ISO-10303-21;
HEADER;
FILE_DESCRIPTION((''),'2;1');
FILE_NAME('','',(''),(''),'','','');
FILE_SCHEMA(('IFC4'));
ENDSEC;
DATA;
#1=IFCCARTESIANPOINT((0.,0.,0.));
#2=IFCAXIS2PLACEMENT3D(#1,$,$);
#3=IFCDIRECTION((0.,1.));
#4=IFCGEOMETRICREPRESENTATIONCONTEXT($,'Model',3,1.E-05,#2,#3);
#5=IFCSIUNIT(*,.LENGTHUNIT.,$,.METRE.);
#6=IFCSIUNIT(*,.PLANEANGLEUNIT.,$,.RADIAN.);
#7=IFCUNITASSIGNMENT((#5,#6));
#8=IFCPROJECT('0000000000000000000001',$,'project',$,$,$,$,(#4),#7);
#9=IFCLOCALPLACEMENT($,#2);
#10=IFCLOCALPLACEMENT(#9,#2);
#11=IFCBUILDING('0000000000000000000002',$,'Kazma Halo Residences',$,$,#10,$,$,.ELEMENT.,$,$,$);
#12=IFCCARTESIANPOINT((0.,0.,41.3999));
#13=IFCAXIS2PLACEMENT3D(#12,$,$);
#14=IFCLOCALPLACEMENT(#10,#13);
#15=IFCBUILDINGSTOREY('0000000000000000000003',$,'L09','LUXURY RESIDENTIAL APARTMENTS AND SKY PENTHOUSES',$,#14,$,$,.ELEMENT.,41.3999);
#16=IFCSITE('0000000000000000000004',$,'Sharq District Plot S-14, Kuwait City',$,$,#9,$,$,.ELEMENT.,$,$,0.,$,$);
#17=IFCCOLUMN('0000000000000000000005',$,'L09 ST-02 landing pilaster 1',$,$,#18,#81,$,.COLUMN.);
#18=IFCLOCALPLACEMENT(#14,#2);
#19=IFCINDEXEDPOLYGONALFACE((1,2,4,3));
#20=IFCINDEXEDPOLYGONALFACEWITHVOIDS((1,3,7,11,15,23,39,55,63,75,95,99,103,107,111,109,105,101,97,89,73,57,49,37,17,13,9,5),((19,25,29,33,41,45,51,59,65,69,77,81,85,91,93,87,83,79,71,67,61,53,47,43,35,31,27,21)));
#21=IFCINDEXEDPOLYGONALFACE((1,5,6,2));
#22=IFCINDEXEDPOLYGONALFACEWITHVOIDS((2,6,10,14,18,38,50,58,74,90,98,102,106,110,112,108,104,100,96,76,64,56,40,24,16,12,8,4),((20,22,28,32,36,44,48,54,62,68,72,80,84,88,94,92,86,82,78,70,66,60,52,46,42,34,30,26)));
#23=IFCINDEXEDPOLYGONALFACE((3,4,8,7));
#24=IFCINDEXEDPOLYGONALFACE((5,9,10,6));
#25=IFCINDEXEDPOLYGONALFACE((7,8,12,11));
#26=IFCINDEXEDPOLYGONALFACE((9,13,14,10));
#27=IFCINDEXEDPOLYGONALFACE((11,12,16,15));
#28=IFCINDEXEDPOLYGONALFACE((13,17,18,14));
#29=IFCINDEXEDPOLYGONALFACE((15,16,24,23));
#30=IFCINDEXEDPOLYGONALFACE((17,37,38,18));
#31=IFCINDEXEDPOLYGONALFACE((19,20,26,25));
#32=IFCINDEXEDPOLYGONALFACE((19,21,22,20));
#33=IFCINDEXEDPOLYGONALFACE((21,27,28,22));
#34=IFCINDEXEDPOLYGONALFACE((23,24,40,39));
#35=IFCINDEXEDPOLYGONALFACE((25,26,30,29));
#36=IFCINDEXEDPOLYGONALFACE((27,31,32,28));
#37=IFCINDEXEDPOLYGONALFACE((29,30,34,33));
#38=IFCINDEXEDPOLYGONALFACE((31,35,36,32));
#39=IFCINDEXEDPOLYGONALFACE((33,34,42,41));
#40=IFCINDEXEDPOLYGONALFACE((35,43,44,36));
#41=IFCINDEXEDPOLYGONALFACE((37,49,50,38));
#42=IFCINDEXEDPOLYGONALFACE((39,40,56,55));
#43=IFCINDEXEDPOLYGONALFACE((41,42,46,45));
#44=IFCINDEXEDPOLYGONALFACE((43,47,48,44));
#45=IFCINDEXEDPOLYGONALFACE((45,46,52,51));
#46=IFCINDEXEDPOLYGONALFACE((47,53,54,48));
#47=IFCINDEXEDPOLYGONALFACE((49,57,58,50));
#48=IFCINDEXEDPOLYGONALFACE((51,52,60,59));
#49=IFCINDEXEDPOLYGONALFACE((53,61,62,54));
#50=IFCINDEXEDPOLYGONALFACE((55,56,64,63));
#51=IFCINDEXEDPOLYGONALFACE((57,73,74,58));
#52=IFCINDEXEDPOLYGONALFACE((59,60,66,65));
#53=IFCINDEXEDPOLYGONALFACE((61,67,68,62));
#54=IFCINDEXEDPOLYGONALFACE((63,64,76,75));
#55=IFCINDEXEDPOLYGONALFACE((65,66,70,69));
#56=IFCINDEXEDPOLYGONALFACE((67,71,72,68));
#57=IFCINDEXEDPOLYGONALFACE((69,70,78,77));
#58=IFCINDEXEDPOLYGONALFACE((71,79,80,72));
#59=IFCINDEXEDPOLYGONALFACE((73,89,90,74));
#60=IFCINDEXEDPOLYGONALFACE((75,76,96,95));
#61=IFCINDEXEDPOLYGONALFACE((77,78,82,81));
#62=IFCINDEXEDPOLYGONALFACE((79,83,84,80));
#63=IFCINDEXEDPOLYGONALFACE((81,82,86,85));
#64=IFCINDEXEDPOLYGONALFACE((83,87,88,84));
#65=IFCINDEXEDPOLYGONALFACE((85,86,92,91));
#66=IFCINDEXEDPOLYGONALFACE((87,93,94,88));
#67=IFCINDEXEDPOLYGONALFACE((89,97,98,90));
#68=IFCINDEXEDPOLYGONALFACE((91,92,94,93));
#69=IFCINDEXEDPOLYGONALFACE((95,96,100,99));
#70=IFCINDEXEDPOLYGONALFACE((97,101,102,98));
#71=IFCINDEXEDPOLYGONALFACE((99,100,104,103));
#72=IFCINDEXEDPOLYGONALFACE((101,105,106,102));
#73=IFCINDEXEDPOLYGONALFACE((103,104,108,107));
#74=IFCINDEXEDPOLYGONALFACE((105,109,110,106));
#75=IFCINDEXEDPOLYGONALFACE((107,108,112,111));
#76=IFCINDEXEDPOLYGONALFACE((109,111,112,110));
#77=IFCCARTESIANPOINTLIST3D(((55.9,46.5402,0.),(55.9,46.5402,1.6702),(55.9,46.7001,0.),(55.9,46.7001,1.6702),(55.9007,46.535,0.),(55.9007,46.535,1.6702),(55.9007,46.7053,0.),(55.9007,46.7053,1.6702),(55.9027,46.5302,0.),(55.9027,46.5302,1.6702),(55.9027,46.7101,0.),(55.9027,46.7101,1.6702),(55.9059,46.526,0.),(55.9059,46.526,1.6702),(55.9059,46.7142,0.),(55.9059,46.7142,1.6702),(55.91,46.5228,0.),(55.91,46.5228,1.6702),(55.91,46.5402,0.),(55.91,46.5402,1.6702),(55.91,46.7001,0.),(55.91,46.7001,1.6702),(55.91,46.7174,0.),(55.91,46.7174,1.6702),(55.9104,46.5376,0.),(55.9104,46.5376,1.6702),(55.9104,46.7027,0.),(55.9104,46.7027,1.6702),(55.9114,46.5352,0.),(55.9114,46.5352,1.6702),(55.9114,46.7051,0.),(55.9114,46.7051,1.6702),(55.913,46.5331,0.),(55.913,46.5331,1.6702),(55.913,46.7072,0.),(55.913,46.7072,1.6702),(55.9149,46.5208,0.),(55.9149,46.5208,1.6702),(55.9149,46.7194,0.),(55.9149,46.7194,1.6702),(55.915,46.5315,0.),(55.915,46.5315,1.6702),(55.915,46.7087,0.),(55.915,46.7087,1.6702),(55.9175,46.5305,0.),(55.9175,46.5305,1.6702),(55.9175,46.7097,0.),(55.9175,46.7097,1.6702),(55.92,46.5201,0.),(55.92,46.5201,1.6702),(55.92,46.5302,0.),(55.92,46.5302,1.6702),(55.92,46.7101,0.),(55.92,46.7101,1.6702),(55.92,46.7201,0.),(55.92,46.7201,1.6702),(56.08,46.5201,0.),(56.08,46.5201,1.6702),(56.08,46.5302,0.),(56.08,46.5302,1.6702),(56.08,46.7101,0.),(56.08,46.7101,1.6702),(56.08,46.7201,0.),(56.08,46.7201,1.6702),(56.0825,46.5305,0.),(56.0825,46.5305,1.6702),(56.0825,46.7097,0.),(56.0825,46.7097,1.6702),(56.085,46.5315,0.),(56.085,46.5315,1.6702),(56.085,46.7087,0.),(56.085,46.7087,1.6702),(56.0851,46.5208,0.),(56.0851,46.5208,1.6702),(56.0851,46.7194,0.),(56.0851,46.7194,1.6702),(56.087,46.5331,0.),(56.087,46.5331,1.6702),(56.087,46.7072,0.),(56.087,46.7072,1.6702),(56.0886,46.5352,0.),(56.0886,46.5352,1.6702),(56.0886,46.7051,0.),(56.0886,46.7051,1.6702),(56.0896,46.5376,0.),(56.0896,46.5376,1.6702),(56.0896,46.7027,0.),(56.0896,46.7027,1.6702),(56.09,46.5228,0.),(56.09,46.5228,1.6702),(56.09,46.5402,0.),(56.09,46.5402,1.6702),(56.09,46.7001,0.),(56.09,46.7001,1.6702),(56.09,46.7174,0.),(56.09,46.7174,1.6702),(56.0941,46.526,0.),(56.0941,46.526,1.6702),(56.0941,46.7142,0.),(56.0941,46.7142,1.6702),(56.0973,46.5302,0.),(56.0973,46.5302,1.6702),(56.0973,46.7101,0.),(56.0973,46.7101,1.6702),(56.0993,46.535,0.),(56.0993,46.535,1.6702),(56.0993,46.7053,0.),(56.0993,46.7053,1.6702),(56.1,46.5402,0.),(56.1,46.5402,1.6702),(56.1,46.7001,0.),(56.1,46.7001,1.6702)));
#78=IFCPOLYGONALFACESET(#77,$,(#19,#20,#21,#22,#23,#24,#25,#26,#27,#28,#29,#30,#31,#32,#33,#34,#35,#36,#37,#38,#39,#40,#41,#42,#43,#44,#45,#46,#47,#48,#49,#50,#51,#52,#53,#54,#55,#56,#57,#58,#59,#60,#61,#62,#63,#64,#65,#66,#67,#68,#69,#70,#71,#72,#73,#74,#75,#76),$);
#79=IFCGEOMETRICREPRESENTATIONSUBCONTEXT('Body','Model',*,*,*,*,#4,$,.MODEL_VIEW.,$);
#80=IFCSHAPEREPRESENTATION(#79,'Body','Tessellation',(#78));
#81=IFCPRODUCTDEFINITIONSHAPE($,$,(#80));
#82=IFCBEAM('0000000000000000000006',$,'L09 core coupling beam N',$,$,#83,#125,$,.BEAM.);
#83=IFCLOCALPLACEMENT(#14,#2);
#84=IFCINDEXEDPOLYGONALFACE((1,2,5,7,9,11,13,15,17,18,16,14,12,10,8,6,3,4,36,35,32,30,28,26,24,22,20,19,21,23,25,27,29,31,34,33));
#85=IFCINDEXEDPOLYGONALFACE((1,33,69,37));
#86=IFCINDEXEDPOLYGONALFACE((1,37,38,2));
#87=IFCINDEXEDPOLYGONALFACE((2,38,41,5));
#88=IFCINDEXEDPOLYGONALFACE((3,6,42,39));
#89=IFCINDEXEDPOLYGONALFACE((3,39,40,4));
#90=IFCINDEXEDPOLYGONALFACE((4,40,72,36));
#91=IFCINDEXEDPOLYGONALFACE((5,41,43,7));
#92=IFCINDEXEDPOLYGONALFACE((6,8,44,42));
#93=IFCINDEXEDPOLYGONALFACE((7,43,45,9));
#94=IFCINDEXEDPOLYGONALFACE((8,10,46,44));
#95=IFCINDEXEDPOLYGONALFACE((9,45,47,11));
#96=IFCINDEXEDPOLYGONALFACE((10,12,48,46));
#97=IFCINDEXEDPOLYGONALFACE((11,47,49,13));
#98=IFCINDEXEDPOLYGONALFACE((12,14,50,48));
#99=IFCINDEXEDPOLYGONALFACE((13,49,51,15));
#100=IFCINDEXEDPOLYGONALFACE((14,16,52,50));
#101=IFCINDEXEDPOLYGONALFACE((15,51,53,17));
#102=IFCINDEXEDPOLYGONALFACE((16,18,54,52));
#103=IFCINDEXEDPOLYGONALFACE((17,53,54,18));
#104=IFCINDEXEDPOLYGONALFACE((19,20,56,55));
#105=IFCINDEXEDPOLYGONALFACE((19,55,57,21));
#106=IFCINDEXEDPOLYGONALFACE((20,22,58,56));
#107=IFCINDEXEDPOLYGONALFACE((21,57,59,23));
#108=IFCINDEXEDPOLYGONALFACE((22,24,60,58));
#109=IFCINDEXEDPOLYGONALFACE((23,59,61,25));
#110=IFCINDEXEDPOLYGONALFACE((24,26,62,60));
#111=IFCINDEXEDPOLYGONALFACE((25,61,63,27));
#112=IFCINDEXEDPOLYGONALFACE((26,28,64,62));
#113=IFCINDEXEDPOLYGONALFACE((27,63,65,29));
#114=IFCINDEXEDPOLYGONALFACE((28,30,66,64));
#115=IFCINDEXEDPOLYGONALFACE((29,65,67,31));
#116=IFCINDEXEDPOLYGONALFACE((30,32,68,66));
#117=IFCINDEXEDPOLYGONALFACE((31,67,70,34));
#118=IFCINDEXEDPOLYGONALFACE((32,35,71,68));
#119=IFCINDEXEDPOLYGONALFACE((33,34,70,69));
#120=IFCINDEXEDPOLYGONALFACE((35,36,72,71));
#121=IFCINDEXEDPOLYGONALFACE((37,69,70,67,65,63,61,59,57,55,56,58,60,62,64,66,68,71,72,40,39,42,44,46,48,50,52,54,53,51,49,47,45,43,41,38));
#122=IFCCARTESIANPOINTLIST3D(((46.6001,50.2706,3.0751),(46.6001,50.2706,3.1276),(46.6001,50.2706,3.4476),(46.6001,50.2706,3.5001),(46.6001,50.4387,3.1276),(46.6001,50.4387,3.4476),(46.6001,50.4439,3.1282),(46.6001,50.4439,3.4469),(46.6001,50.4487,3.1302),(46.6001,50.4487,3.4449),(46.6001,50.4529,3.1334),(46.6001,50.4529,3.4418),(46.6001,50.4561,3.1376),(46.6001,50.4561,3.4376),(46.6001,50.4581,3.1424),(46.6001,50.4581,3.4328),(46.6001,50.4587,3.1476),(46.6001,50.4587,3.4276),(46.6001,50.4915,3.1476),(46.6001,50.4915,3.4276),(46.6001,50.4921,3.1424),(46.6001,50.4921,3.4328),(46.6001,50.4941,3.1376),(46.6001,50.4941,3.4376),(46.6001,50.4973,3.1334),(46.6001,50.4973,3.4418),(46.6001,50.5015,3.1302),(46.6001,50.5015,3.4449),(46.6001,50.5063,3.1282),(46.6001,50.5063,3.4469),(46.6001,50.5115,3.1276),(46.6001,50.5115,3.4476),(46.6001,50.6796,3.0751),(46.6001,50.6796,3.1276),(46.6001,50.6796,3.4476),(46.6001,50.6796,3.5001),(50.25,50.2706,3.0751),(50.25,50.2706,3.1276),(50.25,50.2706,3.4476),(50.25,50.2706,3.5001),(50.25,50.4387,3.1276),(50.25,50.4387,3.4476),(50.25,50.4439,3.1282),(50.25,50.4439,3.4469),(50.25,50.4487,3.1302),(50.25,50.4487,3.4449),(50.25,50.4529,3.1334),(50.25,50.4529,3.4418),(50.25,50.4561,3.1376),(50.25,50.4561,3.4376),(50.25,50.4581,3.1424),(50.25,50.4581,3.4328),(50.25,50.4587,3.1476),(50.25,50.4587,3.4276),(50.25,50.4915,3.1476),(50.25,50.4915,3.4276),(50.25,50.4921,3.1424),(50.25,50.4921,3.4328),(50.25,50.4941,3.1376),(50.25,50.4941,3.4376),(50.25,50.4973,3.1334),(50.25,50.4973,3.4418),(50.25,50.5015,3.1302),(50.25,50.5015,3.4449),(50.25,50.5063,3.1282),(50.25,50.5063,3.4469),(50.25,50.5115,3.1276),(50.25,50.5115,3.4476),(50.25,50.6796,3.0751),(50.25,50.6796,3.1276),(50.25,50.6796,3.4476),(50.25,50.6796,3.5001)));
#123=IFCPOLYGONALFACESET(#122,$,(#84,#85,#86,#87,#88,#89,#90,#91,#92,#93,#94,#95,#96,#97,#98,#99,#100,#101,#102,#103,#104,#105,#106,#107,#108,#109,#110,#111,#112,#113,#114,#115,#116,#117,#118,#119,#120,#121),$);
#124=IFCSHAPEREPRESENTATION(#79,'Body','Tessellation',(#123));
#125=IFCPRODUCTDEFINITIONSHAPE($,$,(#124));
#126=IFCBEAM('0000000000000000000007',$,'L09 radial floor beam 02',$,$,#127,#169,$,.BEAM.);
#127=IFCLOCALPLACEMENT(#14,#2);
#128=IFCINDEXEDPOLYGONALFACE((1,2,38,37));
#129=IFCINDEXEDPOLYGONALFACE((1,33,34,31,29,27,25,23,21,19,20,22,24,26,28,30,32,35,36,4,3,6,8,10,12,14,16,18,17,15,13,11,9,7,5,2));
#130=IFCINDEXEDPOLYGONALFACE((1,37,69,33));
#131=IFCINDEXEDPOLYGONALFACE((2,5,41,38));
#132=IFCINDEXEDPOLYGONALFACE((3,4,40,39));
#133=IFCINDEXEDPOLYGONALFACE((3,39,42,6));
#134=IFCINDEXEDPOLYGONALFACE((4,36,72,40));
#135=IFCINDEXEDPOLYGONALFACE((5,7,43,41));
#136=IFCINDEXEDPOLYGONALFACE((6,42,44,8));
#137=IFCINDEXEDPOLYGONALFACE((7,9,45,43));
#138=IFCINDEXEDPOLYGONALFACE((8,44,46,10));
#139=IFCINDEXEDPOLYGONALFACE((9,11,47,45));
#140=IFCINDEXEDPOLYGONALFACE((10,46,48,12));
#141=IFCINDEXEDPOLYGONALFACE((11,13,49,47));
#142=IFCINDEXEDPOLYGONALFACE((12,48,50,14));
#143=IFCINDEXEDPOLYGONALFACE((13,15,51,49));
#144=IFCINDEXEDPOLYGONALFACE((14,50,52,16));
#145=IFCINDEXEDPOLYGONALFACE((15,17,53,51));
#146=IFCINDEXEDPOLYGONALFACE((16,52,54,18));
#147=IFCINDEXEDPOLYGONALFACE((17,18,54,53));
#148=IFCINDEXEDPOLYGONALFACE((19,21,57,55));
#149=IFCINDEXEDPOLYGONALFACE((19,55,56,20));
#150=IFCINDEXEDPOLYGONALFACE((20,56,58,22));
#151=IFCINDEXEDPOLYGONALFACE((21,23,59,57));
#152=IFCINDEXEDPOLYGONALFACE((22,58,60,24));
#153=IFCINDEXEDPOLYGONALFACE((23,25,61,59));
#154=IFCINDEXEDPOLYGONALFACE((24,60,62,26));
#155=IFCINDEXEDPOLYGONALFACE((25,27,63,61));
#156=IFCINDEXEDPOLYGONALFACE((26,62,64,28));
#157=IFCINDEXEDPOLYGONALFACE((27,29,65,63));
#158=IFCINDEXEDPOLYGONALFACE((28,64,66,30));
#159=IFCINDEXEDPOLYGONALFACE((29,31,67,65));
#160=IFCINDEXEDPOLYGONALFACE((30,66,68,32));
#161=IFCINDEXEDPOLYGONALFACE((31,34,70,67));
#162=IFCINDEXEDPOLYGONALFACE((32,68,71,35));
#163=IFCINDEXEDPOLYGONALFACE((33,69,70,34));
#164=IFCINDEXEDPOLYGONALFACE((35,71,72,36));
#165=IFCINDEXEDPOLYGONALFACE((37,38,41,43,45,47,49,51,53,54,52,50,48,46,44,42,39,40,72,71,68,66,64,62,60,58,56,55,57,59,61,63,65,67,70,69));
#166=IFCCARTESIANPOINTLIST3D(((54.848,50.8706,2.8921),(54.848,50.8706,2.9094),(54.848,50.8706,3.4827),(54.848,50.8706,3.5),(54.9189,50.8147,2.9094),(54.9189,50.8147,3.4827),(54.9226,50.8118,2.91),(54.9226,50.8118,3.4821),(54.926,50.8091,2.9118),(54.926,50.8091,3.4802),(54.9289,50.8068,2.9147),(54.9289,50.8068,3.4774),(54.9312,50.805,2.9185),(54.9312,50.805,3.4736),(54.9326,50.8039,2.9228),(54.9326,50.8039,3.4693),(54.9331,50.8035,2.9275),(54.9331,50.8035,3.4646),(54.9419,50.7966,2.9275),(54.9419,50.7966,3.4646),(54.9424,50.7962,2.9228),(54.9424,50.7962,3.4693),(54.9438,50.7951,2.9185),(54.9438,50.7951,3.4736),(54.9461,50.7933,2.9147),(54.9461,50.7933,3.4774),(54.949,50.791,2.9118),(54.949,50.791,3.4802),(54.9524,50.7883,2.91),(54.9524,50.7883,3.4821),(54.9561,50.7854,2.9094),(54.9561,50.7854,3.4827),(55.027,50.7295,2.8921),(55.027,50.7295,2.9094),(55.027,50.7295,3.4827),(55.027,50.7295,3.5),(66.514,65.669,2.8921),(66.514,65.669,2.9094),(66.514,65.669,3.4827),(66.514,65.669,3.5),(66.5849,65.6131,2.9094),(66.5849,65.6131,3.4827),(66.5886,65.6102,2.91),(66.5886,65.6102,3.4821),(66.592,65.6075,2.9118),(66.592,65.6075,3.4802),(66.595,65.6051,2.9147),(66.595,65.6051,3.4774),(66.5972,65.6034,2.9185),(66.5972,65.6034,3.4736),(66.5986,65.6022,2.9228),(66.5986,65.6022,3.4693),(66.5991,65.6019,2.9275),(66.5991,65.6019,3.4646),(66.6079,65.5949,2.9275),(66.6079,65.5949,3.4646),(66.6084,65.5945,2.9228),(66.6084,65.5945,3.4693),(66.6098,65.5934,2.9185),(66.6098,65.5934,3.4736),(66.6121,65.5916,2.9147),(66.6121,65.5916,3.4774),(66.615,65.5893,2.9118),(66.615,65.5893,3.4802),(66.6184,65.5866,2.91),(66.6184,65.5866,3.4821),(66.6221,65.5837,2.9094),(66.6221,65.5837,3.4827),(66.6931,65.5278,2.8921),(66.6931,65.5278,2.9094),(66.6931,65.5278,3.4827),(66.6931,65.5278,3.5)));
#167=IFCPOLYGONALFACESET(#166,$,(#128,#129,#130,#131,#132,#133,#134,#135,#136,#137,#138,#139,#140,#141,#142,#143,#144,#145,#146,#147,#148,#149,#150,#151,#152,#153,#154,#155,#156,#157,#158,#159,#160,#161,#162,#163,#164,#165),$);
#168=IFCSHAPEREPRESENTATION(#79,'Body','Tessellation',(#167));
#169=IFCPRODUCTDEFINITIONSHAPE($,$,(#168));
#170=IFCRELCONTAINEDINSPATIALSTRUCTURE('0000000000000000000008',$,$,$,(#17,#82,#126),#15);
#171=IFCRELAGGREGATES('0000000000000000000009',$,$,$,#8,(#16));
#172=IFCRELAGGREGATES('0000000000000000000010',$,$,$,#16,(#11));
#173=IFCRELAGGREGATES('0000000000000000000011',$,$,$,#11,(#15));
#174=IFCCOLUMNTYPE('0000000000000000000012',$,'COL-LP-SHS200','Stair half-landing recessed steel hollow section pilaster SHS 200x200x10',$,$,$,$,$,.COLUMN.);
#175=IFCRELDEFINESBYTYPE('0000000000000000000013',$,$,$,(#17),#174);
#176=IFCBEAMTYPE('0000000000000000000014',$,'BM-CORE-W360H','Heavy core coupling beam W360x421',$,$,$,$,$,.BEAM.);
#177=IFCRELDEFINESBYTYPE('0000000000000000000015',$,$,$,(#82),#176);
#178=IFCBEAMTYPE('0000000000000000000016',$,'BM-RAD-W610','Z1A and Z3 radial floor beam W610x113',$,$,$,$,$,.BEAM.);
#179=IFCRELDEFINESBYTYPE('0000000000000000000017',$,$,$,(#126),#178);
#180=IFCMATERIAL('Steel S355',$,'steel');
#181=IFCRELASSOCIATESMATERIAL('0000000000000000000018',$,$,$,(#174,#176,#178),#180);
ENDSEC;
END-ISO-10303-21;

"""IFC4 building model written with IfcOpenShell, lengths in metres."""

from ifc_helpers import new_model, si_unit, direction, frame, origin, origin_2d, place, context, subcontext, project, spatial, hollow_rectangle, i_section, extrude, material, material_profile, profile_set, type_object, element, save


model = new_model("IFC4")

# Units and contexts
model_context = context("Model", 3, precision=1e-05, world=origin(), true_north=direction((0.0, 1.0)))
body_context = subcontext(model_context, "Body", "Model", "MODEL_VIEW")
ifc_project = project(units=[si_unit("LENGTHUNIT", "METRE"), si_unit("PLANEANGLEUNIT", "RADIAN")], contexts=[model_context])

# Site, building, storey
site_placement = place(None, origin())
site = spatial("IfcSite", under=ifc_project, at=site_placement, Name="Sharq District Plot S-14, Kuwait City", CompositionType="ELEMENT", RefElevation=0.0)
building_placement = place(site_placement, origin())
building = spatial("IfcBuilding", under=site, at=building_placement, Name="Kazma Halo Residences", CompositionType="ELEMENT")
storey_placement = place(building_placement, frame((0.0, 0.0, 41.3999)))
storey = spatial("IfcBuildingStorey", under=building, at=storey_placement, Name="L09", Description="LUXURY RESIDENTIAL APARTMENTS AND SKY PENTHOUSES", CompositionType="ELEMENT", Elevation=41.3999)

# Column
ifc_material_1 = material(Name="Steel S355", Category="steel")
ifc_material_profile_1 = material_profile(ifc_material_1, hollow_rectangle(XDim=0.2, YDim=0.2, WallThickness=0.01, InnerFilletRadius=0.01, OuterFilletRadius=0.02, at=origin_2d()), Name="SHS200x200x10")
ifc_profile_set_1 = profile_set([ifc_material_profile_1], Name="Steel S355")
column_type = type_object("IfcColumnType", Name="COL-LP-SHS200", Description="Stair half-landing recessed steel hollow section pilaster SHS 200x200x10", PredefinedType="COLUMN", material=ifc_profile_set_1)
column_placement = place(storey_placement, frame((56.0, 46.6201, 0.0), z_axis=(0.0, 0.0, 1.0), x_axis=(1.0, 0.0, 0.0)))
element("IfcColumn", 1, at=column_placement, inside=storey, type_object=column_type, Name="L09 ST-02 landing pilaster 1", PredefinedType="COLUMN", context=body_context, shape_type="SweptSolid", body=[
    extrude(hollow_rectangle(XDim=0.2, YDim=0.2, WallThickness=0.01, InnerFilletRadius=0.01, OuterFilletRadius=0.02, at=origin_2d()), origin(), (0.0, 0.0, 1.0), 1.6702),
])

# Beams
ifc_material_profile_2 = material_profile(ifc_material_1, i_section(OverallWidth=0.4089, OverallDepth=0.425, WebThickness=0.0327, FlangeThickness=0.0525, FilletRadius=0.02, at=origin_2d()), Name="W360x421")
ifc_profile_set_2 = profile_set([ifc_material_profile_2], Name="Steel S355")
beam_type_1 = type_object("IfcBeamType", Name="BM-CORE-W360H", Description="Heavy core coupling beam W360x421", PredefinedType="BEAM", material=ifc_profile_set_2)
beam_1_placement = place(storey_placement, frame((46.6001, 50.4751, 3.2876), z_axis=(1.0, 0.0, 0.0), x_axis=(0.0, 1.0, 0.0)))
element("IfcBeam", 2, at=beam_1_placement, inside=storey, type_object=beam_type_1, Name="L09 core coupling beam N", PredefinedType="BEAM", context=body_context, shape_type="SweptSolid", body=[
    extrude(i_section(OverallWidth=0.4089, OverallDepth=0.425, WebThickness=0.0327, FlangeThickness=0.0525, FilletRadius=0.02, at=origin_2d()), origin(), (0.0, 0.0, 1.0), 3.6499),
])
ifc_material_profile_3 = material_profile(ifc_material_1, i_section(OverallWidth=0.228, OverallDepth=0.6079, WebThickness=0.0112, FlangeThickness=0.0173, FilletRadius=0.0181, at=origin_2d()), Name="W610x113")
ifc_profile_set_3 = profile_set([ifc_material_profile_3], Name="Steel S355")
beam_type_2 = type_object("IfcBeamType", Name="BM-RAD-W610", Description="Z1A and Z3 radial floor beam W610x113", PredefinedType="BEAM", material=ifc_profile_set_3)
beam_2_placement = place(storey_placement, frame((54.9375, 50.8, 3.196), z_axis=(0.619092, 0.785318, 0.0), x_axis=(-0.785318, 0.619092, 0.0)))
element("IfcBeam", 3, at=beam_2_placement, inside=storey, type_object=beam_type_2, Name="L09 radial floor beam 02", PredefinedType="BEAM", context=body_context, shape_type="SweptSolid", body=[
    extrude(i_section(OverallWidth=0.228, OverallDepth=0.6079, WebThickness=0.0112, FlangeThickness=0.0173, FilletRadius=0.0181, at=origin_2d()), origin(), (0.0, 0.0, 1.0), 18.8438),
])

save(model, "model.ifc")
